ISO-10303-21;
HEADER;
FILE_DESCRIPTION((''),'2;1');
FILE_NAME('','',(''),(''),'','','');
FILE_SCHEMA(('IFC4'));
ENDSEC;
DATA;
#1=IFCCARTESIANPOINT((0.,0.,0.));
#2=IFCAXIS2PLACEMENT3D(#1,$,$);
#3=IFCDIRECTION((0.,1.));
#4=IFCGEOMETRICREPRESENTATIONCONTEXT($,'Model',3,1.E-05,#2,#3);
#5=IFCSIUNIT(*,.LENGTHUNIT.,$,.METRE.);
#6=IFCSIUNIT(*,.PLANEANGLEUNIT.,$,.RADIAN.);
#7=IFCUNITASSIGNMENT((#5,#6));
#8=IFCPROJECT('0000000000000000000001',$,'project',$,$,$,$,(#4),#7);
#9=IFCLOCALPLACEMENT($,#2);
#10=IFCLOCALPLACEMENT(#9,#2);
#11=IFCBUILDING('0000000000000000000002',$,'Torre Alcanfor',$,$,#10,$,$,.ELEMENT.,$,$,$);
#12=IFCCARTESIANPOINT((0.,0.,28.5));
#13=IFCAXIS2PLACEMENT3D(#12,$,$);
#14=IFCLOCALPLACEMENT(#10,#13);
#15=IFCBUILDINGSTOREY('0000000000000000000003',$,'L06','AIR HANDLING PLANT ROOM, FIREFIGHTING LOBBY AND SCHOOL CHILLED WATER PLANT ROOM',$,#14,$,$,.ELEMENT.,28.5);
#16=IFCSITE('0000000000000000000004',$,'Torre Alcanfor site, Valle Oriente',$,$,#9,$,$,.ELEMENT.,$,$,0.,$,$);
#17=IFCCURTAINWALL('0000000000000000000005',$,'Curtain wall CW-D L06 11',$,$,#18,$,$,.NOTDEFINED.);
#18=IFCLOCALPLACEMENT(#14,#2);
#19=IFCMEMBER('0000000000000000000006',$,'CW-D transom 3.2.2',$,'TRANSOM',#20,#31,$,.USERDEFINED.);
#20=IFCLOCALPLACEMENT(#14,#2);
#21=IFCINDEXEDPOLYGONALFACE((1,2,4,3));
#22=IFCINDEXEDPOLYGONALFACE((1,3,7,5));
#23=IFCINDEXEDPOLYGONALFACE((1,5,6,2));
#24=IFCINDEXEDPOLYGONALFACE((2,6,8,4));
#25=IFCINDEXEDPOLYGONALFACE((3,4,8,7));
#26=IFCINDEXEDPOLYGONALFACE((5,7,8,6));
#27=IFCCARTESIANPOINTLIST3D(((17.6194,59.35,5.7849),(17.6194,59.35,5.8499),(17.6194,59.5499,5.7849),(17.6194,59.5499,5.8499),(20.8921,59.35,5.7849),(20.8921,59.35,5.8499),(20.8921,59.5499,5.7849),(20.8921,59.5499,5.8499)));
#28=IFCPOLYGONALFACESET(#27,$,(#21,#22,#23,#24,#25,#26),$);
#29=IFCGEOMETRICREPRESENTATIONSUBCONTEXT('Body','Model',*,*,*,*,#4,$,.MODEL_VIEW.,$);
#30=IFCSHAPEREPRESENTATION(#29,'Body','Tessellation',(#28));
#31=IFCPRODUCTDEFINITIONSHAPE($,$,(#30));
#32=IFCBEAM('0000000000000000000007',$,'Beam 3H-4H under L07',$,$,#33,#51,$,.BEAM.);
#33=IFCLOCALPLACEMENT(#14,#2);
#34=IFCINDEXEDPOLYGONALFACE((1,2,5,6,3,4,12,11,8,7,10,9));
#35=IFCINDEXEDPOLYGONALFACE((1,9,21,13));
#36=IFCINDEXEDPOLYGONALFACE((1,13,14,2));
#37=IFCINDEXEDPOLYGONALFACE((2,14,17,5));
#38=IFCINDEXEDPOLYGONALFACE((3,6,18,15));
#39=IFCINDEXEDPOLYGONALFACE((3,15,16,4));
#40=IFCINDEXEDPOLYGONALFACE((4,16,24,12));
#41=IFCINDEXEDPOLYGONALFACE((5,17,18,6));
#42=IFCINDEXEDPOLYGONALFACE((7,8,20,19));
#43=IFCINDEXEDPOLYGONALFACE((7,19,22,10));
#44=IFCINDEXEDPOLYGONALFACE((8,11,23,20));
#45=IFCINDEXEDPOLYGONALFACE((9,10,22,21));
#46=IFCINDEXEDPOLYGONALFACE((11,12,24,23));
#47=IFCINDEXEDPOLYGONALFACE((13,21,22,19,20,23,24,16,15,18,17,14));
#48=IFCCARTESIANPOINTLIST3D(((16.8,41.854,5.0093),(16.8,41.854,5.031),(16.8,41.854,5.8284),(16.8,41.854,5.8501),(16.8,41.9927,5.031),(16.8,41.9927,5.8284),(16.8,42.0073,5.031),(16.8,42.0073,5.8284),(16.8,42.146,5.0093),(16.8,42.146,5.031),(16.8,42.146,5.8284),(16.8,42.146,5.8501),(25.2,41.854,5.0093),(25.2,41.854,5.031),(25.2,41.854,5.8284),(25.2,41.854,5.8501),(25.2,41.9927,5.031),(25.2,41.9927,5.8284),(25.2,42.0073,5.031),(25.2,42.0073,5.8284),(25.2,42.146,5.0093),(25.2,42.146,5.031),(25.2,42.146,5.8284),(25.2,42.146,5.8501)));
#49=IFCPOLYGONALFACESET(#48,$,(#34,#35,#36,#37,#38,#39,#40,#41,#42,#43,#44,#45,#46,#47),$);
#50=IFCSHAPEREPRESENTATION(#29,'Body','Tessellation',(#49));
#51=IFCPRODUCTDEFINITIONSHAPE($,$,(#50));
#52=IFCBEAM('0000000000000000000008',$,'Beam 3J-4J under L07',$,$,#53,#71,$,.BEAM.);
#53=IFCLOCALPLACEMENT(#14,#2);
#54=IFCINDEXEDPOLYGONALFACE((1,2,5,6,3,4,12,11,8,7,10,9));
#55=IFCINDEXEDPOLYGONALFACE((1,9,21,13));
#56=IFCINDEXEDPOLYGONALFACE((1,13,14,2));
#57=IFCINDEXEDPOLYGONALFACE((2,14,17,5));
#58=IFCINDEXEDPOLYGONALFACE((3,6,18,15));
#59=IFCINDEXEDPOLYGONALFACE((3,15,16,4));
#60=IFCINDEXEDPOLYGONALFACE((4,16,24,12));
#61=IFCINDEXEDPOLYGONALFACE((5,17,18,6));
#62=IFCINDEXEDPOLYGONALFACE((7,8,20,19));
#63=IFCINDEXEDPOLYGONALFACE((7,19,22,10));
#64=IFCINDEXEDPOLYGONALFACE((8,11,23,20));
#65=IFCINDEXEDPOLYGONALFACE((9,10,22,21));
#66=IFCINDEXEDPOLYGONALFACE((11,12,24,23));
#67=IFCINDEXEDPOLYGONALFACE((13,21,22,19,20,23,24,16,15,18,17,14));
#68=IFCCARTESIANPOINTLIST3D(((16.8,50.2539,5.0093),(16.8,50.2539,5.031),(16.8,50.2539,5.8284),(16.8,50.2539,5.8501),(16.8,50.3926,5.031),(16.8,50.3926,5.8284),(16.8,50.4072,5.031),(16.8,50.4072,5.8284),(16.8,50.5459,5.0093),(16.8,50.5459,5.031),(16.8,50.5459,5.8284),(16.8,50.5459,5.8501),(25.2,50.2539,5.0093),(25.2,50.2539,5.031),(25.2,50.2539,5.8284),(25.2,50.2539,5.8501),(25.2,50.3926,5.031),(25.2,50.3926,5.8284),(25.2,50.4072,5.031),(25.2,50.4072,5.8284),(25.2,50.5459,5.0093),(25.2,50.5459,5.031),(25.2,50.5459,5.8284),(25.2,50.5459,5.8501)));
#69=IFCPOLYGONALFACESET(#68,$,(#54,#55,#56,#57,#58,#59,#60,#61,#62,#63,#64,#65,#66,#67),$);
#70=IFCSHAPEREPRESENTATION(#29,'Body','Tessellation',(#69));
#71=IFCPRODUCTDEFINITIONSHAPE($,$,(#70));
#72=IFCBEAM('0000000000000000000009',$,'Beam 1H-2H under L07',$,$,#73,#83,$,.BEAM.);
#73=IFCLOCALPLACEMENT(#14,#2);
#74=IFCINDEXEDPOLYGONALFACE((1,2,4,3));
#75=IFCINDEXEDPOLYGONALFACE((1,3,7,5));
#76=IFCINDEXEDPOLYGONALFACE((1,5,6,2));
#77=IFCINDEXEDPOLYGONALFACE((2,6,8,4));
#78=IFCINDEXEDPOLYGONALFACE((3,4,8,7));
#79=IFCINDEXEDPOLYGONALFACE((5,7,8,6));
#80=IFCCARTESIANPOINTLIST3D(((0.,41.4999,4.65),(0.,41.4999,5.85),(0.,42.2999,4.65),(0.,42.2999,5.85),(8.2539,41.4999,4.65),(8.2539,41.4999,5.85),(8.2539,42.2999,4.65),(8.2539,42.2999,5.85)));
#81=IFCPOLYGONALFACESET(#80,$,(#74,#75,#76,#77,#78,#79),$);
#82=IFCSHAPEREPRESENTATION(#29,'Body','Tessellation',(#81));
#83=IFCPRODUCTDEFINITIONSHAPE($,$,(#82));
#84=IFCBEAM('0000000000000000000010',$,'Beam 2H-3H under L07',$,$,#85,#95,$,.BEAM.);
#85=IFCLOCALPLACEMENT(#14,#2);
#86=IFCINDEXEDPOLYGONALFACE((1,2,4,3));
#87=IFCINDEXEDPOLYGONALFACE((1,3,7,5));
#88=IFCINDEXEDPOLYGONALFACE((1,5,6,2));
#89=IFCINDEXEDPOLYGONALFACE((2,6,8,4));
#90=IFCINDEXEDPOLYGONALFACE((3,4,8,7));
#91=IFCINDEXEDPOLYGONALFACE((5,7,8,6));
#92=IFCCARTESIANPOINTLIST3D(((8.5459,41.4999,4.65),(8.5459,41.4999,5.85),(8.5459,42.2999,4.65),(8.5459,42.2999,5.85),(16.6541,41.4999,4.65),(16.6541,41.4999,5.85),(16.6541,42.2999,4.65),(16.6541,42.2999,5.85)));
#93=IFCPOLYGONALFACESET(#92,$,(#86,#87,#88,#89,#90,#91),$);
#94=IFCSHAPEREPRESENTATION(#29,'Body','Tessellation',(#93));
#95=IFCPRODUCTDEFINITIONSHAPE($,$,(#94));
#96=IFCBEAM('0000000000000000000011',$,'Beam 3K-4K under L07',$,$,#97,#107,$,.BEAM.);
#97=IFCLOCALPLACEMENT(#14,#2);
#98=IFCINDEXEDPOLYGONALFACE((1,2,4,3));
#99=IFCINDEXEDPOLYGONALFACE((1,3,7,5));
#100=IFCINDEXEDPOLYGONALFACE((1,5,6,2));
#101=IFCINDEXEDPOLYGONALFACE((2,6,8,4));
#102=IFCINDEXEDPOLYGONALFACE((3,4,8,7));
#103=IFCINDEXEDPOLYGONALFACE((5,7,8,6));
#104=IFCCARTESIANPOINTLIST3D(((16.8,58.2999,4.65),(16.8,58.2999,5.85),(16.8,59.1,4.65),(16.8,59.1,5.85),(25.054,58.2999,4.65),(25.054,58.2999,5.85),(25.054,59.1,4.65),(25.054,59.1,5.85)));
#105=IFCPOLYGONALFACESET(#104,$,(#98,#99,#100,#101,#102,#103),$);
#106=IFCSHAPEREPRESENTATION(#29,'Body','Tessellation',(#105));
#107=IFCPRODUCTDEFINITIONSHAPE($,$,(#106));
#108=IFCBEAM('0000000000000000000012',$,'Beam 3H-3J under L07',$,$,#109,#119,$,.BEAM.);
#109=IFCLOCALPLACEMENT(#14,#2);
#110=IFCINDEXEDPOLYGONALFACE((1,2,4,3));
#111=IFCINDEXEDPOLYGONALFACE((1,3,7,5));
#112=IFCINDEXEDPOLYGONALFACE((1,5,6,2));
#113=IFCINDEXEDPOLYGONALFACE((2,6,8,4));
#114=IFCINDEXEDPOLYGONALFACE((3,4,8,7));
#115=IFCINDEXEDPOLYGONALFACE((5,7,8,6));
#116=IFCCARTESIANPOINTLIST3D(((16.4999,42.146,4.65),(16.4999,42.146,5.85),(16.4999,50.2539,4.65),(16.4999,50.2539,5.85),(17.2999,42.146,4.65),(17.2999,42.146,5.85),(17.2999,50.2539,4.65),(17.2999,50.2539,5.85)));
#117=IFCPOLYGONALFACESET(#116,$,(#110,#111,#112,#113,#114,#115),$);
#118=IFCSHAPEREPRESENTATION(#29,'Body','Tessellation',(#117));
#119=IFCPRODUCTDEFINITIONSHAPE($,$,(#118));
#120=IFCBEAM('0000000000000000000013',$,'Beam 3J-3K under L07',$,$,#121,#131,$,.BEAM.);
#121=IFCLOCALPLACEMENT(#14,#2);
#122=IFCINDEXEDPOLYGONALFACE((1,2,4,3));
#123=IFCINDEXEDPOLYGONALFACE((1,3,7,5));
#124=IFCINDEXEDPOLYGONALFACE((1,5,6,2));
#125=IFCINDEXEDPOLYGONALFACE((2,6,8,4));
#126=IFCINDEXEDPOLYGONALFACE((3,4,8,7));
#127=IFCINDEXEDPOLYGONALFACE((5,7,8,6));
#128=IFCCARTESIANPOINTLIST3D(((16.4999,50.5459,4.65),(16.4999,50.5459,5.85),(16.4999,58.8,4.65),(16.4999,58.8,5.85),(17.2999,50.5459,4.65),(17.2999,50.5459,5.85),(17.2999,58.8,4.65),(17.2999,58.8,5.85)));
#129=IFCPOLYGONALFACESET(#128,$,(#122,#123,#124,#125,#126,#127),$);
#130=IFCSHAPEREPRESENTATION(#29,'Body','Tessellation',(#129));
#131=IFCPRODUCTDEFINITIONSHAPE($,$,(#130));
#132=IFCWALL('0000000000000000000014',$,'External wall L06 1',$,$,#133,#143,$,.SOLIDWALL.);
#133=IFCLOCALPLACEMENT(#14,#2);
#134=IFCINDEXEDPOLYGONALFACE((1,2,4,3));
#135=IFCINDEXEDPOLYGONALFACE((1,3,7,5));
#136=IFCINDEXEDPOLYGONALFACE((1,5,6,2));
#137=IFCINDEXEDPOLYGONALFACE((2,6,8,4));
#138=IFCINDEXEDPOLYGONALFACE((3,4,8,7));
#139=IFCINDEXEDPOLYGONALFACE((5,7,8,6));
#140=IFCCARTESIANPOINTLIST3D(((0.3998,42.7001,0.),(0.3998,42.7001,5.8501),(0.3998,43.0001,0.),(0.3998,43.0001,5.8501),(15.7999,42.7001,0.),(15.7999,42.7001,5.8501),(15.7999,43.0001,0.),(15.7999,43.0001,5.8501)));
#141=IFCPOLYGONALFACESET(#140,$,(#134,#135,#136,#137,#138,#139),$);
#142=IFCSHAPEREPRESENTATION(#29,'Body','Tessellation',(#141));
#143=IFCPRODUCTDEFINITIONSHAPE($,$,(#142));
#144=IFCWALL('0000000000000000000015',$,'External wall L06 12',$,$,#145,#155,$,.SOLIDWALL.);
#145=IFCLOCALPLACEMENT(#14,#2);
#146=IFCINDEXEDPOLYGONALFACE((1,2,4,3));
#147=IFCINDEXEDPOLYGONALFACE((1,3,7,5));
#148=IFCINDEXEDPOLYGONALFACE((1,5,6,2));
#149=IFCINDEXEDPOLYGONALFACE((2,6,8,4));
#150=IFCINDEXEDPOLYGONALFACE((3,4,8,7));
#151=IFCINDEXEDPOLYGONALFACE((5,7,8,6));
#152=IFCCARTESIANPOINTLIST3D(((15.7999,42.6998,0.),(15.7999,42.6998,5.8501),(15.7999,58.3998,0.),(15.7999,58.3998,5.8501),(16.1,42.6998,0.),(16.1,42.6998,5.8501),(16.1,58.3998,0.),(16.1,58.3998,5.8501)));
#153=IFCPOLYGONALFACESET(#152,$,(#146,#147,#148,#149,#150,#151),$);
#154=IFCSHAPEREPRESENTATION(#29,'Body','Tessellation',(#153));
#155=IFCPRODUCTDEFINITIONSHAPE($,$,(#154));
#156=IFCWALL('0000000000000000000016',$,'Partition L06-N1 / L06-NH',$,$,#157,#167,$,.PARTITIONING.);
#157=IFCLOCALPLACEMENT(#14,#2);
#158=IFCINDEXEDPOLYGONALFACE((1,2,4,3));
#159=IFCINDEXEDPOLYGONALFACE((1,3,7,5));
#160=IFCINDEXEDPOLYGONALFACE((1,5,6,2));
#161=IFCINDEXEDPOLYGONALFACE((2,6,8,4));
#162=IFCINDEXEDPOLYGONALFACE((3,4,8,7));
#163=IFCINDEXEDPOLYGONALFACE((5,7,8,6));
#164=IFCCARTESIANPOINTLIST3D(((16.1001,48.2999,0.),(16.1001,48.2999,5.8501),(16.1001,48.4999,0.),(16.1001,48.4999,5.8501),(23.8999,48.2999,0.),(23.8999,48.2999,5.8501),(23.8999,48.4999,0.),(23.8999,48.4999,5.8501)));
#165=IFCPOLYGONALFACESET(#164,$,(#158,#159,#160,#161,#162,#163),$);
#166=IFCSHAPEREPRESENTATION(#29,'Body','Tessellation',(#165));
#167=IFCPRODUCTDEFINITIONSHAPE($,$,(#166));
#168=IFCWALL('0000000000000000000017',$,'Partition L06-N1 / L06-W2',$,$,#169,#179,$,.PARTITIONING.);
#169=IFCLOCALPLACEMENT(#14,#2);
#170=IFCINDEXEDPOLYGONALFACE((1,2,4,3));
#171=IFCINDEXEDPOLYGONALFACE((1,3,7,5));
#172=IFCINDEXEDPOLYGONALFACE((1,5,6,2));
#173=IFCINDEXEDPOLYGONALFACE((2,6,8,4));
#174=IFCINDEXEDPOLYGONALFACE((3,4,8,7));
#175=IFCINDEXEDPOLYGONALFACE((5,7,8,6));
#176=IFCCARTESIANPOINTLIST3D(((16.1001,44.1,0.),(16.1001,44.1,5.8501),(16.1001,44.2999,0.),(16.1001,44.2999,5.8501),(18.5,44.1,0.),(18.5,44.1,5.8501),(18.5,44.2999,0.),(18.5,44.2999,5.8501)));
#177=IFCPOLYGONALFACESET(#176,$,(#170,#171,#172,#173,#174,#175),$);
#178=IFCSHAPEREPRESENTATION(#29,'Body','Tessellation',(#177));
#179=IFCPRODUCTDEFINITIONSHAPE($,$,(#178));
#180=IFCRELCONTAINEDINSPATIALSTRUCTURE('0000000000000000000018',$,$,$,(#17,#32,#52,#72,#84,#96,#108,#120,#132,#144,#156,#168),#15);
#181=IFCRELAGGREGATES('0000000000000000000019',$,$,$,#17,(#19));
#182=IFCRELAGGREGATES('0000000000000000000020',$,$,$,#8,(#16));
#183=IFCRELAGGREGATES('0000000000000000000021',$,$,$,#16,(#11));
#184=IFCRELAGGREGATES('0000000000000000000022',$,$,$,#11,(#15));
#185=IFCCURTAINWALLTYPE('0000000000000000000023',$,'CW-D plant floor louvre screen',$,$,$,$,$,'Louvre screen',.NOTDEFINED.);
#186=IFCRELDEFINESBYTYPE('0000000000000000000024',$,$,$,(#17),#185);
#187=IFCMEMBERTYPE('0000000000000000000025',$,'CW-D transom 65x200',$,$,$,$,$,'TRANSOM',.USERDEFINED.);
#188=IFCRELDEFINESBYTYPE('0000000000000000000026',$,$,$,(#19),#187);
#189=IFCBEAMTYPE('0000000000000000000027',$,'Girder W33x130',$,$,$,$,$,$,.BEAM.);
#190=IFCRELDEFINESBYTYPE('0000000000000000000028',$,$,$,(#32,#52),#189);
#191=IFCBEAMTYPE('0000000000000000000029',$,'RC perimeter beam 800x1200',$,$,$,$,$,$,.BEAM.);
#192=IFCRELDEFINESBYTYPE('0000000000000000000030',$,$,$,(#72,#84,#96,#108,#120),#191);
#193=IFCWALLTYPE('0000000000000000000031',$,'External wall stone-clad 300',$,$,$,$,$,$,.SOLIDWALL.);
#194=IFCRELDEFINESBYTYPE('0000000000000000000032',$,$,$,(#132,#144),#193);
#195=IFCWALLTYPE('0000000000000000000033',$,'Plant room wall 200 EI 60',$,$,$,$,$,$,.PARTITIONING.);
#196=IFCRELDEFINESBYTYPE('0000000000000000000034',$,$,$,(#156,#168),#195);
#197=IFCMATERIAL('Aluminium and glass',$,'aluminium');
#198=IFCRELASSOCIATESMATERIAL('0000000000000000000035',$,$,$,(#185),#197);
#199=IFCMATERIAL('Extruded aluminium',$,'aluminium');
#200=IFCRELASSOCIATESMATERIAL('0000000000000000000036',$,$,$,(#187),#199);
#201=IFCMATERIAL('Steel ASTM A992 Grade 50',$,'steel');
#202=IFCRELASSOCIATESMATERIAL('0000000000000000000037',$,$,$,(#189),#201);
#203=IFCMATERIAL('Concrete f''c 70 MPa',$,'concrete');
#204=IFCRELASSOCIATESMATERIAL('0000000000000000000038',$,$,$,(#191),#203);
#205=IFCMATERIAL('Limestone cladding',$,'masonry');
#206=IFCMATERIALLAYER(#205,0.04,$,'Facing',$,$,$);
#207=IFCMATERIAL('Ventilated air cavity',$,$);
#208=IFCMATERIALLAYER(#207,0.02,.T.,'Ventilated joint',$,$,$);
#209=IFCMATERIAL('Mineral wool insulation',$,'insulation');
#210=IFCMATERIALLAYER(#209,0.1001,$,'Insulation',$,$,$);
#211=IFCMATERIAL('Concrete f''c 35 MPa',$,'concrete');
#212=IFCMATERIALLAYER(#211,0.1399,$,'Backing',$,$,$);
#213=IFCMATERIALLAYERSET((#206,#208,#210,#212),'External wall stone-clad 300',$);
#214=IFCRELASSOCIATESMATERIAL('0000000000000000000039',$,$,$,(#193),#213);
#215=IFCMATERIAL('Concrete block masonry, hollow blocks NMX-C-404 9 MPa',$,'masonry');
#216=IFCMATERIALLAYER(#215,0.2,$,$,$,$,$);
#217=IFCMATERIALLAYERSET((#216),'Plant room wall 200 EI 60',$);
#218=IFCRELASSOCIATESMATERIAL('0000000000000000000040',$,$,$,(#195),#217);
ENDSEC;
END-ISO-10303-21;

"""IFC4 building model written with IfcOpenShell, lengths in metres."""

from ifc_helpers import new_model, si_unit, direction, frame, frame_2d, origin, origin_2d, place, context, subcontext, project, spatial, rectangle, i_section, extrude, material, layer, layer_set, material_profile, profile_set, type_object, element, aggregate, save


model = new_model("IFC4")

# Units and contexts
model_context = context("Model", 3, precision=1e-05, world=origin(), true_north=direction((0.0, 1.0)))
body_context = subcontext(model_context, "Body", "Model", "MODEL_VIEW")
ifc_project = project(units=[si_unit("LENGTHUNIT", "METRE"), si_unit("PLANEANGLEUNIT", "RADIAN")], contexts=[model_context])

# Site, building, storey
site_placement = place(None, origin())
site = spatial("IfcSite", under=ifc_project, at=site_placement, Name="Torre Alcanfor site, Valle Oriente", CompositionType="ELEMENT", RefElevation=0.0)
building_placement = place(site_placement, origin())
building = spatial("IfcBuilding", under=site, at=building_placement, Name="Torre Alcanfor", CompositionType="ELEMENT")
storey_placement = place(building_placement, frame((0.0, 0.0, 28.5)))
storey = spatial("IfcBuildingStorey", under=building, at=storey_placement, Name="L06", Description="AIR HANDLING PLANT ROOM, FIREFIGHTING LOBBY AND SCHOOL CHILLED WATER PLANT ROOM", CompositionType="ELEMENT", Elevation=28.5)

# Curtain wall
ifc_material_1 = material(Name="Aluminium and glass", Category="aluminium")
curtain_wall_type = type_object("IfcCurtainWallType", Name="CW-D plant floor louvre screen", ElementType="Louvre screen", PredefinedType="NOTDEFINED", material=ifc_material_1)
curtain_wall_1_placement = place(storey_placement, origin())
curtain_wall_1 = element("IfcCurtainWall", 1, at=curtain_wall_1_placement, inside=storey, type_object=curtain_wall_type, Name="Curtain wall CW-D L06 11", PredefinedType="NOTDEFINED")

# Member
ifc_material_2 = material(Name="Extruded aluminium", Category="aluminium")
ifc_material_profile_1 = material_profile(ifc_material_2, rectangle(XDim=0.2, YDim=0.0649, at=origin_2d()), Name="CW-D transom 200x65")
ifc_profile_set_1 = profile_set([ifc_material_profile_1], Name="Extruded aluminium")
member_type_1 = type_object("IfcMemberType", Name="CW-D transom 65x200", ElementType="TRANSOM", PredefinedType="USERDEFINED", material=ifc_profile_set_1)
member_1_placement = place(storey_placement, frame((20.8921, 59.45, 5.8174), z_axis=(-1.0, 0.0, 0.0), x_axis=(0.0, -1.0, 0.0)))
member_1 = element("IfcMember", 2, at=member_1_placement, type_object=member_type_1, Name="CW-D transom 3.2.2", ObjectType="TRANSOM", PredefinedType="USERDEFINED", context=body_context, shape_type="SweptSolid", body=[
    extrude(rectangle(XDim=0.2, YDim=0.0649, at=origin_2d()), origin(), (0.0, 0.0, 1.0), 3.2727),
])

# Beams
ifc_material_3 = material(Name="Steel ASTM A992 Grade 50", Category="steel")
ifc_material_profile_2 = material_profile(ifc_material_3, i_section(OverallWidth=0.292, OverallDepth=0.8408, WebThickness=0.0146, FlangeThickness=0.0217, at=origin_2d()), Name="W33x130")
ifc_profile_set_2 = profile_set([ifc_material_profile_2], Name="Steel ASTM A992 Grade 50")
beam_type_1 = type_object("IfcBeamType", Name="Girder W33x130", PredefinedType="BEAM", material=ifc_profile_set_2)
for number, where, z_axis, x_axis, name in (
    (3, (16.8, 42.0, 5.4297), (1.0, 0.0, 0.0), (0.0, 1.0, 0.0), "Beam 3H-4H under L07"),
    (4, (16.8, 50.3999, 5.4297), (1.0, 0.0, 0.0), (0.0, 1.0, 0.0), "Beam 3J-4J under L07"),
):
    element("IfcBeam", number, at=place(storey_placement, frame(where, z_axis=z_axis, x_axis=x_axis)), inside=storey, type_object=beam_type_1, Name=name, PredefinedType="BEAM", context=body_context, shape_type="SweptSolid", body=[
        extrude(i_section(OverallWidth=0.292, OverallDepth=0.8408, WebThickness=0.0146, FlangeThickness=0.0217, at=origin_2d()), origin(), (0.0, 0.0, 1.0), 8.3999),
    ])
ifc_material_4 = material(Name="Concrete f'c 70 MPa", Category="concrete")
ifc_material_profile_3 = material_profile(ifc_material_4, rectangle(XDim=0.8, YDim=1.2, at=origin_2d()), Name="800x1200")
ifc_profile_set_3 = profile_set([ifc_material_profile_3], Name="Concrete f'c 70 MPa")
beam_type_2 = type_object("IfcBeamType", Name="RC perimeter beam 800x1200", PredefinedType="BEAM", material=ifc_profile_set_3)
beam_1_placement = place(storey_placement, frame((0.0, 41.8999, 5.25), z_axis=(1.0, 0.0, 0.0), x_axis=(0.0, 1.0, 0.0)))
element("IfcBeam", 5, at=beam_1_placement, inside=storey, type_object=beam_type_2, Name="Beam 1H-2H under L07", PredefinedType="BEAM", context=body_context, shape_type="SweptSolid", body=[
    extrude(rectangle(XDim=0.8, YDim=1.2, at=origin_2d()), origin(), (0.0, 0.0, 1.0), 8.2539),
])
beam_2_placement = place(storey_placement, frame((8.5459, 41.8999, 5.25), z_axis=(1.0, 0.0, 0.0), x_axis=(0.0, 1.0, 0.0)))
element("IfcBeam", 6, at=beam_2_placement, inside=storey, type_object=beam_type_2, Name="Beam 2H-3H under L07", PredefinedType="BEAM", context=body_context, shape_type="SweptSolid", body=[
    extrude(rectangle(XDim=0.8, YDim=1.2, at=origin_2d()), origin(), (0.0, 0.0, 1.0), 8.1082),
])
beam_3_placement = place(storey_placement, frame((16.8, 58.7, 5.25), z_axis=(1.0, 0.0, 0.0), x_axis=(0.0, 1.0, 0.0)))
element("IfcBeam", 7, at=beam_3_placement, inside=storey, type_object=beam_type_2, Name="Beam 3K-4K under L07", PredefinedType="BEAM", context=body_context, shape_type="SweptSolid", body=[
    extrude(rectangle(XDim=0.8, YDim=1.2, at=origin_2d()), origin(), (0.0, 0.0, 1.0), 8.2539),
])
beam_4_placement = place(storey_placement, frame((16.8999, 42.146, 5.25), z_axis=(0.0, 1.0, 0.0), x_axis=(-1.0, 0.0, 0.0)))
element("IfcBeam", 8, at=beam_4_placement, inside=storey, type_object=beam_type_2, Name="Beam 3H-3J under L07", PredefinedType="BEAM", context=body_context, shape_type="SweptSolid", body=[
    extrude(rectangle(XDim=0.8, YDim=1.2, at=origin_2d()), origin(), (0.0, 0.0, 1.0), 8.1079),
])
beam_5_placement = place(storey_placement, frame((16.8999, 50.5459, 5.25), z_axis=(0.0, 1.0, 0.0), x_axis=(-1.0, 0.0, 0.0)))
element("IfcBeam", 9, at=beam_5_placement, inside=storey, type_object=beam_type_2, Name="Beam 3J-3K under L07", PredefinedType="BEAM", context=body_context, shape_type="SweptSolid", body=[
    extrude(rectangle(XDim=0.8, YDim=1.2, at=origin_2d()), origin(), (0.0, 0.0, 1.0), 8.2542),
])

# Walls
ifc_material_5 = material(Name="Limestone cladding", Category="masonry")
ifc_layer_1 = layer(ifc_material_5, 0.04, Name="Facing")
ifc_material_6 = material(Name="Ventilated air cavity")
ifc_layer_2 = layer(ifc_material_6, 0.02, ventilated=True, Name="Ventilated joint")
ifc_material_7 = material(Name="Mineral wool insulation", Category="insulation")
ifc_layer_3 = layer(ifc_material_7, 0.1001, Name="Insulation")
ifc_material_8 = material(Name="Concrete f'c 35 MPa", Category="concrete")
ifc_layer_4 = layer(ifc_material_8, 0.1399, Name="Backing")
ifc_layer_set_1 = layer_set([ifc_layer_1, ifc_layer_2, ifc_layer_3, ifc_layer_4], Name="External wall stone-clad 300")
wall_type_1 = type_object("IfcWallType", Name="External wall stone-clad 300", PredefinedType="SOLIDWALL", material=ifc_layer_set_1)
wall_1_placement = place(storey_placement, frame((15.8, 42.8501, 0.0), z_axis=(0.0, 0.0, 1.0), x_axis=(-1.0, 0.0, 0.0)))
element("IfcWall", 10, at=wall_1_placement, inside=storey, type_object=wall_type_1, Name="External wall L06 1", PredefinedType="SOLIDWALL", context=body_context, shape_type="SweptSolid", body=[
    extrude(rectangle(XDim=15.4001, YDim=0.3, at=frame_2d((7.7002, 0.0))), origin(), (0.0, 0.0, 1.0), 5.8501),
])
wall_2_placement = place(storey_placement, frame((15.95, 58.3999, 0.0), z_axis=(0.0, 0.0, 1.0), x_axis=(0.0, -1.0, 0.0)))
element("IfcWall", 11, at=wall_2_placement, inside=storey, type_object=wall_type_1, Name="External wall L06 12", PredefinedType="SOLIDWALL", context=body_context, shape_type="SweptSolid", body=[
    extrude(rectangle(XDim=15.7, YDim=0.3, at=frame_2d((7.8501, 0.0))), origin(), (0.0, 0.0, 1.0), 5.8501),
])
ifc_material_9 = material(Name="Concrete block masonry, hollow blocks NMX-C-404 9 MPa", Category="masonry")
ifc_layer_5 = layer(ifc_material_9, 0.2)
ifc_layer_set_2 = layer_set([ifc_layer_5], Name="Plant room wall 200 EI 60")
wall_type_2 = type_object("IfcWallType", Name="Plant room wall 200 EI 60", PredefinedType="PARTITIONING", material=ifc_layer_set_2)
wall_3_placement = place(storey_placement, frame((16.1001, 48.3999, 0.0), z_axis=(0.0, 0.0, 1.0), x_axis=(1.0, 0.0, 0.0)))
element("IfcWall", 12, at=wall_3_placement, inside=storey, type_object=wall_type_2, Name="Partition L06-N1 / L06-NH", PredefinedType="PARTITIONING", context=body_context, shape_type="SweptSolid", body=[
    extrude(rectangle(XDim=7.7998, YDim=0.2, at=frame_2d((3.8999, 0.0))), origin(), (0.0, 0.0, 1.0), 5.8501),
])
wall_4_placement = place(storey_placement, frame((18.5, 44.2, 0.0), z_axis=(0.0, 0.0, 1.0), x_axis=(-1.0, 0.0, 0.0)))
element("IfcWall", 13, at=wall_4_placement, inside=storey, type_object=wall_type_2, Name="Partition L06-N1 / L06-W2", PredefinedType="PARTITIONING", context=body_context, shape_type="SweptSolid", body=[
    extrude(rectangle(XDim=2.3999, YDim=0.2, at=frame_2d((1.2, 0.0))), origin(), (0.0, 0.0, 1.0), 5.8501),
])

aggregate(curtain_wall_1, [member_1])

save(model, "model.ifc")
